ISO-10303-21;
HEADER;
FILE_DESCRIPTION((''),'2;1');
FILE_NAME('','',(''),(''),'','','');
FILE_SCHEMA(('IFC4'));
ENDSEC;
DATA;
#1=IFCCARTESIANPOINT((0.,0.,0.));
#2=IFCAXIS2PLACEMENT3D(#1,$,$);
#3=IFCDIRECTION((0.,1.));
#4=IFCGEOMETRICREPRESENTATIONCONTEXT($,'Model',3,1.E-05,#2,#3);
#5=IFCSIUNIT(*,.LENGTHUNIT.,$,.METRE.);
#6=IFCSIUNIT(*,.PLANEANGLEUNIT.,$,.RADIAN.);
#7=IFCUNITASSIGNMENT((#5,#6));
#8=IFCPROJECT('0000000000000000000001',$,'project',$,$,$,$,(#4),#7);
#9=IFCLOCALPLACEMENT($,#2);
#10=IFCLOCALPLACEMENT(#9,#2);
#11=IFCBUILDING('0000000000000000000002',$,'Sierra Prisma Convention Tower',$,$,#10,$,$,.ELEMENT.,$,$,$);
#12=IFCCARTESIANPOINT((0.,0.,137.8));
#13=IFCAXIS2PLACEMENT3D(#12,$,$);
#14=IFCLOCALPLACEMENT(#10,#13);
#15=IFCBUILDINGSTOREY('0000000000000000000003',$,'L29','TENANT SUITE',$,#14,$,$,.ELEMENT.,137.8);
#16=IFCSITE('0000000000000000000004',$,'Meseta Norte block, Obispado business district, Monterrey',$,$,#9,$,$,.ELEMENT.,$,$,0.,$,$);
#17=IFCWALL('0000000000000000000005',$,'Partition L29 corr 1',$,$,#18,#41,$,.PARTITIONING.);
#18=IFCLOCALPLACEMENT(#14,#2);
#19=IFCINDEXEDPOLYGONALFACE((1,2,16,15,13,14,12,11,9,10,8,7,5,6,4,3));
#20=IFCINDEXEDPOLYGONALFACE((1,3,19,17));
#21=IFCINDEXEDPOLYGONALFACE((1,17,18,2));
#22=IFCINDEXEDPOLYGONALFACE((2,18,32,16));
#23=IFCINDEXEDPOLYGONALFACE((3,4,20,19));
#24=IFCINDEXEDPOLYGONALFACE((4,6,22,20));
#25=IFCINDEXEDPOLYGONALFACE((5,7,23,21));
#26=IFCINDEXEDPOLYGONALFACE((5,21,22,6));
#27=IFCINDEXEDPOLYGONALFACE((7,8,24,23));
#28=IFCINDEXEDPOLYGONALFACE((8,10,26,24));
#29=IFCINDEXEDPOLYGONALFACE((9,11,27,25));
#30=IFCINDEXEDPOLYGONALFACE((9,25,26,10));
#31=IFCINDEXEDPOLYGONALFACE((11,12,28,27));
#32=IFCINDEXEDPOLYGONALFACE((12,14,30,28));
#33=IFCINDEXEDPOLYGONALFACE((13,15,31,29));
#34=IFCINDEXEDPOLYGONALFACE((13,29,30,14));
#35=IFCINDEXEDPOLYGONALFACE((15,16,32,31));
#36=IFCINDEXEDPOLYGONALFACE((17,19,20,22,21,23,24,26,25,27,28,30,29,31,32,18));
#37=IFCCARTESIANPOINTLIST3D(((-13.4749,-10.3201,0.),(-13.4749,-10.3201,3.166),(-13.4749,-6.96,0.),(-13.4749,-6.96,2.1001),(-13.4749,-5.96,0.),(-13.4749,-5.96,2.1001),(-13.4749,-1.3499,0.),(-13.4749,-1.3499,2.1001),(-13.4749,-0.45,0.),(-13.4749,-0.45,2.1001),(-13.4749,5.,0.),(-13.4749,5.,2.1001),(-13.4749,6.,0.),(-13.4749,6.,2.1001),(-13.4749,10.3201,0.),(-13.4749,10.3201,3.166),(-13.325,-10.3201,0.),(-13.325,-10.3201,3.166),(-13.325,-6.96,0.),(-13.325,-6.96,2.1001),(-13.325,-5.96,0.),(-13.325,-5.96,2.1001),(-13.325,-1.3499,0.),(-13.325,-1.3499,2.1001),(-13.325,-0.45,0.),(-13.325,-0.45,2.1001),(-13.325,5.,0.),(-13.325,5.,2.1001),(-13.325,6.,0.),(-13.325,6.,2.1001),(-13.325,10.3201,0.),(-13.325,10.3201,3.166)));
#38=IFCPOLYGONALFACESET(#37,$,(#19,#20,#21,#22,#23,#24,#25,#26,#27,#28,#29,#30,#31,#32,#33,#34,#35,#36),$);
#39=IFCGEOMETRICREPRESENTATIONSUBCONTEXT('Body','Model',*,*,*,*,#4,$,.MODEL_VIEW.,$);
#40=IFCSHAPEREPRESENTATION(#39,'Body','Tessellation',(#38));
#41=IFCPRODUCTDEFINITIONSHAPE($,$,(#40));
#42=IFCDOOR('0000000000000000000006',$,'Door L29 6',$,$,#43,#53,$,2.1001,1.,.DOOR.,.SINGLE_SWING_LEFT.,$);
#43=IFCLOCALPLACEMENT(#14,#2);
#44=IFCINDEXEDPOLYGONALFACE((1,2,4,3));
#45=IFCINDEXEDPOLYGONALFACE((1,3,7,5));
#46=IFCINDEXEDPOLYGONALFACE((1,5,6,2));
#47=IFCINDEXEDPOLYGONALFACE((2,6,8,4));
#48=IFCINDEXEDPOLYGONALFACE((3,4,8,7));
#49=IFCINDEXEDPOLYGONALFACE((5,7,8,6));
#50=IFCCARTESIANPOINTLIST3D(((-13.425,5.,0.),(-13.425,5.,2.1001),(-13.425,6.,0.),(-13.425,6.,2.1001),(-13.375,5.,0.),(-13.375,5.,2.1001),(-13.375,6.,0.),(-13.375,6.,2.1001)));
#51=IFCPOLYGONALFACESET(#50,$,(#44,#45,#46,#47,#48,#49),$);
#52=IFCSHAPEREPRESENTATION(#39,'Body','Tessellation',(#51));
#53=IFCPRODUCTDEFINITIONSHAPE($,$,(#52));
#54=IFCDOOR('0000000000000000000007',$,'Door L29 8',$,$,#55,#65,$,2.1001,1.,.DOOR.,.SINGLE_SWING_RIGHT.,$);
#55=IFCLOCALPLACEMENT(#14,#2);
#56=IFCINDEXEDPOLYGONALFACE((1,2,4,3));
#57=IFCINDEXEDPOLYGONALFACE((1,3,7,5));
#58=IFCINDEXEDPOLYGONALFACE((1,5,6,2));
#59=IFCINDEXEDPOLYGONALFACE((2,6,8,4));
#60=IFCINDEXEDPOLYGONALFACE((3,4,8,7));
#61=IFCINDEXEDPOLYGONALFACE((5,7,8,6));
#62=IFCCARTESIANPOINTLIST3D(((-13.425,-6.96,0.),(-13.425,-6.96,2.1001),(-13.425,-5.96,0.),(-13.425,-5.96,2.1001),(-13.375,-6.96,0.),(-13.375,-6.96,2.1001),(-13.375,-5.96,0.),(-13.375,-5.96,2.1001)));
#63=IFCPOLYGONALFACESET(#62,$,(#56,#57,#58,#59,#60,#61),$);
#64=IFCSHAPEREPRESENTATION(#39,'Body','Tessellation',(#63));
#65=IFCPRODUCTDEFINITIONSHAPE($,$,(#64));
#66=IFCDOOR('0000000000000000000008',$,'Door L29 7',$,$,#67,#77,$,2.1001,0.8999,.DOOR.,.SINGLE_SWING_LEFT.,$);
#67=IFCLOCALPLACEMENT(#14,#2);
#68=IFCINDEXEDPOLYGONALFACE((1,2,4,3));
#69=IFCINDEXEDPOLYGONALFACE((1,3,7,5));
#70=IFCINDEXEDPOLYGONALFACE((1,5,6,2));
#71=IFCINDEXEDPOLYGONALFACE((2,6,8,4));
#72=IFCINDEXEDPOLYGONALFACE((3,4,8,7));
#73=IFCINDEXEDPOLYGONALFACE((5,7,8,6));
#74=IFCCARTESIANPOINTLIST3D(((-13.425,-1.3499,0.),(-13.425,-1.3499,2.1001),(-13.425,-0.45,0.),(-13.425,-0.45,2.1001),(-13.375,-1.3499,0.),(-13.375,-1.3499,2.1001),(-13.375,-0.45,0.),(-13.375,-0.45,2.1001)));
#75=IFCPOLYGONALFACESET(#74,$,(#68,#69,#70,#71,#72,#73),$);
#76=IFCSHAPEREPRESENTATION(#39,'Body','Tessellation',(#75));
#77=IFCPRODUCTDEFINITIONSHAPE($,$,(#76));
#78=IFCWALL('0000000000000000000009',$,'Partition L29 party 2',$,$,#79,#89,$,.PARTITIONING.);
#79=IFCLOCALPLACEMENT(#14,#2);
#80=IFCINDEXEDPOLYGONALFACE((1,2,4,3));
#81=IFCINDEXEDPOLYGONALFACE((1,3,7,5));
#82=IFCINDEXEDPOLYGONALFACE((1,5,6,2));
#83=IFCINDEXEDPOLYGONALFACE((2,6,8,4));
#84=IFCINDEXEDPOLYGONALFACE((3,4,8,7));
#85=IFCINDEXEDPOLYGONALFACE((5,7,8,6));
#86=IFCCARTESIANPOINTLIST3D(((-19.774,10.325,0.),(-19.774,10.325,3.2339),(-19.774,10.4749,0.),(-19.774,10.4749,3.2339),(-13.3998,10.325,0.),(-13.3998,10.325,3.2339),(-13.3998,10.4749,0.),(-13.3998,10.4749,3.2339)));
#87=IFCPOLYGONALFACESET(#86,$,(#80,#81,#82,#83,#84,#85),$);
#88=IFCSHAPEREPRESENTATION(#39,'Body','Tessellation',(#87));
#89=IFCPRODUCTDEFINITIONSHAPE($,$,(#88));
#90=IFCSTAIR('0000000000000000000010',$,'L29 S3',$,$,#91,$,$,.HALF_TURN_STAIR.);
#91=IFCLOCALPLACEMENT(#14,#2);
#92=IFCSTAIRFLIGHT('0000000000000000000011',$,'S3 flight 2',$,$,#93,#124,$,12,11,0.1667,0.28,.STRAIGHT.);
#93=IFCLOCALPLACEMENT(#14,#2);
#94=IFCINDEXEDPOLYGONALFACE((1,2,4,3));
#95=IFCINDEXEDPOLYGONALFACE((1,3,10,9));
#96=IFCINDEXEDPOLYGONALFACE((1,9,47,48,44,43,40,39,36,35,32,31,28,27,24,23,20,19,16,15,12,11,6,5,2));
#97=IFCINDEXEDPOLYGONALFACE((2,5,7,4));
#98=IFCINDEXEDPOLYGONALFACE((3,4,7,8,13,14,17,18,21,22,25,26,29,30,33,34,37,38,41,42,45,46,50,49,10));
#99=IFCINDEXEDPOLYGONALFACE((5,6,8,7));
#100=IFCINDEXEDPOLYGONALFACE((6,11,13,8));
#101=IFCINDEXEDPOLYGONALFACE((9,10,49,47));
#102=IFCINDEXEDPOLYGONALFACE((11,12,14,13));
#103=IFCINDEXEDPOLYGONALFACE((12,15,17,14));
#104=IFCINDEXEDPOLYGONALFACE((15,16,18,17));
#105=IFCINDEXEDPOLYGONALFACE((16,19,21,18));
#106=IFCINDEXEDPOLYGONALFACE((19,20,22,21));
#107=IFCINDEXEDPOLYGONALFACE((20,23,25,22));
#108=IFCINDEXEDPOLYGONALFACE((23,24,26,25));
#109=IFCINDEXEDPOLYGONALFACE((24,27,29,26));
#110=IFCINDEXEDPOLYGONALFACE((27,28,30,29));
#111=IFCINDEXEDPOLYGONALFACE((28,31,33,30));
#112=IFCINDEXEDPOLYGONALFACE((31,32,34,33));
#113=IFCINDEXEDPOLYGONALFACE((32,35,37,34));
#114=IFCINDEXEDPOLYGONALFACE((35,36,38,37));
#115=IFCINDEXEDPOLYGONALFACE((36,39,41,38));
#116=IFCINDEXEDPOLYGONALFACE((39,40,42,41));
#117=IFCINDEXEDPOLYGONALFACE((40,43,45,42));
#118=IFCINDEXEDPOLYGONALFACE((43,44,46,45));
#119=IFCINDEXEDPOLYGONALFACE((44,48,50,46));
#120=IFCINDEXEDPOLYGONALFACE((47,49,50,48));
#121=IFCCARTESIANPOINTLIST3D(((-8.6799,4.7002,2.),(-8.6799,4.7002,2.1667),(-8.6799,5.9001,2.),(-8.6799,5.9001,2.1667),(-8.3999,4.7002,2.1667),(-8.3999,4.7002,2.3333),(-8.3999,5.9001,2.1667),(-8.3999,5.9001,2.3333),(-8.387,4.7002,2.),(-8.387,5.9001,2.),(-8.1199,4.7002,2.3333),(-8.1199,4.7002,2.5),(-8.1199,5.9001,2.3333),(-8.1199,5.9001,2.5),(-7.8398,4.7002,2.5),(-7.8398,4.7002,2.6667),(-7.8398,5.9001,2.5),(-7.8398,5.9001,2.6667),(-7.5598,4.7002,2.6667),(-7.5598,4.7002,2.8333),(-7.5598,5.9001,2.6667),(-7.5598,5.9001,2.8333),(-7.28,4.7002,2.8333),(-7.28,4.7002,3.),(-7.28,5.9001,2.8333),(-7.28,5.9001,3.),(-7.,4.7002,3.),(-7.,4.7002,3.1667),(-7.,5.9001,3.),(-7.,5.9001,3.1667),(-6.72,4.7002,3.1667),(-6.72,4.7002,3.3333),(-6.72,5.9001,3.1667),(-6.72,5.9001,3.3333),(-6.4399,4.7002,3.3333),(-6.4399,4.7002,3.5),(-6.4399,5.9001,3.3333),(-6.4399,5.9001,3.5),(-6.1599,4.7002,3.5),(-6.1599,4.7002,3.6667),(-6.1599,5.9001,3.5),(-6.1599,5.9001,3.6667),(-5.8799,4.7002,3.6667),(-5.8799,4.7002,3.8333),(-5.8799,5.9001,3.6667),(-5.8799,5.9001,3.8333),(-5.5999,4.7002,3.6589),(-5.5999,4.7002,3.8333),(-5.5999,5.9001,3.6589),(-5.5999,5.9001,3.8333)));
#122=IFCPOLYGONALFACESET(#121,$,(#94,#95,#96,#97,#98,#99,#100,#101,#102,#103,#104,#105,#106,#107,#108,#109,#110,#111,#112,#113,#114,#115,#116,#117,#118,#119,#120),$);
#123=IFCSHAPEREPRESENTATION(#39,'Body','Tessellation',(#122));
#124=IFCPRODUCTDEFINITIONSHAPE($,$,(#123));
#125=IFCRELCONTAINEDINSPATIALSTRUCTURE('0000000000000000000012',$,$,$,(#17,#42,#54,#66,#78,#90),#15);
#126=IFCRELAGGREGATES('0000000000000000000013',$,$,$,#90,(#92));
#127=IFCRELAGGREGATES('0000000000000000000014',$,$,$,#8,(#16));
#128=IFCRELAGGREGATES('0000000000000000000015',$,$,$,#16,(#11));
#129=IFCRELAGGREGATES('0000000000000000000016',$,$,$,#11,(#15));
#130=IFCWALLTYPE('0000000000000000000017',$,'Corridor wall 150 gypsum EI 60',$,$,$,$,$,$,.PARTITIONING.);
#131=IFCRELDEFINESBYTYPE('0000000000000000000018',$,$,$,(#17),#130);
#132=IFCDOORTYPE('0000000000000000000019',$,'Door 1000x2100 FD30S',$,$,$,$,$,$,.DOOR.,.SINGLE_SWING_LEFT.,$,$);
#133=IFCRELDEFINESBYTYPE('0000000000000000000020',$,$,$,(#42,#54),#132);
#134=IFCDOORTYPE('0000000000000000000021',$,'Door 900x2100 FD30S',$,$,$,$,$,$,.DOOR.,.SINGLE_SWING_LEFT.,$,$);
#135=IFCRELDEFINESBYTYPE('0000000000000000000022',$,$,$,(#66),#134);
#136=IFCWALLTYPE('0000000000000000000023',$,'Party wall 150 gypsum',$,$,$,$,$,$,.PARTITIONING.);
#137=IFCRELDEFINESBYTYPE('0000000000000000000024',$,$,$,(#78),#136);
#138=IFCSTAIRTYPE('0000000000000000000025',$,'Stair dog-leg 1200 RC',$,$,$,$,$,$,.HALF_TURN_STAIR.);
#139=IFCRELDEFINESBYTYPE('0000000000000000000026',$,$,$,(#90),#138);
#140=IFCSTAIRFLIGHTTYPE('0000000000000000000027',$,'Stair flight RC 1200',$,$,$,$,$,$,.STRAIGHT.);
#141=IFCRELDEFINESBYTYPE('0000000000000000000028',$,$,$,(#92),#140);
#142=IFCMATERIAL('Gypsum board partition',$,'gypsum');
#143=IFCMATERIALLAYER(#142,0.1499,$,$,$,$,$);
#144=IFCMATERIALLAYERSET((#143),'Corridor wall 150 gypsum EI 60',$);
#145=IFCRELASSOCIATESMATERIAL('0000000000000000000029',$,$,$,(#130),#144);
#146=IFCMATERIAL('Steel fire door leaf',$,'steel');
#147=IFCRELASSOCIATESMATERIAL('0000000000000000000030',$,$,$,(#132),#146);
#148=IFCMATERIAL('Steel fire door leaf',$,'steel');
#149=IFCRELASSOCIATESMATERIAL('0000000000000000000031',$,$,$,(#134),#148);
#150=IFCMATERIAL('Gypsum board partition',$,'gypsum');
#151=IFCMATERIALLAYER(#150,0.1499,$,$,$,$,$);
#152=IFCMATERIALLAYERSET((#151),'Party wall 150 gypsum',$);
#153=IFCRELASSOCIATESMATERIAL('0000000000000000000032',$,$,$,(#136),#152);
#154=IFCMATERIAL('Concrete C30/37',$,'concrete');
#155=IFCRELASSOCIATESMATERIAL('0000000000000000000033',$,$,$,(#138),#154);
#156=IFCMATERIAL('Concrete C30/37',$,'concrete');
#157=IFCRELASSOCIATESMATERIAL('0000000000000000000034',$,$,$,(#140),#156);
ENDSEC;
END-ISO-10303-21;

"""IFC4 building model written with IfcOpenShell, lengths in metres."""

from ifc_helpers import new_model, si_unit, direction, frame, frame_2d, origin, place, context, subcontext, project, spatial, polyline, rectangle, outline, extrude, material, layer, layer_set, type_object, element, fill, aggregate, save


model = new_model("IFC4")

# Units and contexts
model_context = context("Model", 3, precision=1e-05, world=origin(), true_north=direction((0.0, 1.0)))
body_context = subcontext(model_context, "Body", "Model", "MODEL_VIEW")
ifc_project = project(units=[si_unit("LENGTHUNIT", "METRE"), si_unit("PLANEANGLEUNIT", "RADIAN")], contexts=[model_context])

# Site, building, storey
site_placement = place(None, origin())
site = spatial("IfcSite", under=ifc_project, at=site_placement, Name="Meseta Norte block, Obispado business district, Monterrey", CompositionType="ELEMENT", RefElevation=0.0)
building_placement = place(site_placement, origin())
building = spatial("IfcBuilding", under=site, at=building_placement, Name="Sierra Prisma Convention Tower", CompositionType="ELEMENT")
storey_placement = place(building_placement, frame((0.0, 0.0, 137.8)))
storey = spatial("IfcBuildingStorey", under=building, at=storey_placement, Name="L29", Description="TENANT SUITE", CompositionType="ELEMENT", Elevation=137.8)

# Wall, openings, doors
ifc_material_1 = material(Name="Gypsum board partition", Category="gypsum")
ifc_layer_1 = layer(ifc_material_1, 0.1499)
ifc_layer_set_1 = layer_set([ifc_layer_1], Name="Corridor wall 150 gypsum EI 60")
wall_type_1 = type_object("IfcWallType", Name="Corridor wall 150 gypsum EI 60", PredefinedType="PARTITIONING", material=ifc_layer_set_1)
wall_1_placement = place(storey_placement, frame((-13.3999, 10.3201, 0.0), z_axis=(0.0, 0.0, 1.0), x_axis=(0.0, -1.0, 0.0)))
wall_1 = element("IfcWall", 1, at=wall_1_placement, inside=storey, type_object=wall_type_1, Name="Partition L29 corr 1", PredefinedType="PARTITIONING", context=body_context, shape_type="SweptSolid", body=[
    extrude(rectangle(XDim=20.6401, YDim=0.1499, at=frame_2d((10.3201, 0.0))), origin(), (0.0, 0.0, 1.0), 3.166),
])
opening_1_placement = place(wall_1_placement, frame((4.3201, 0.0, 0.0)))
opening_1 = element("IfcOpeningElement", 2, at=opening_1_placement, cuts=wall_1, PredefinedType="OPENING", context=body_context, shape_type="SweptSolid", body=[
    extrude(rectangle(XDim=1.0, YDim=2.1001, at=frame_2d((0.5, 1.05))), frame((0.0, 0.075, 0.0), z_axis=(0.0, -1.0, 0.0), x_axis=(1.0, 0.0, 0.0)), (0.0, 0.0, 1.0), 0.1499),
])
opening_2_placement = place(wall_1_placement, frame((10.77, 0.0, 0.0)))
opening_2 = element("IfcOpeningElement", 3, at=opening_2_placement, cuts=wall_1, PredefinedType="OPENING", context=body_context, shape_type="SweptSolid", body=[
    extrude(rectangle(XDim=0.8999, YDim=2.1001, at=frame_2d((0.45, 1.05))), frame((0.0, 0.075, 0.0), z_axis=(0.0, -1.0, 0.0), x_axis=(1.0, 0.0, 0.0)), (0.0, 0.0, 1.0), 0.1499),
])
opening_3_placement = place(wall_1_placement, frame((16.28, 0.0, 0.0)))
opening_3 = element("IfcOpeningElement", 4, at=opening_3_placement, cuts=wall_1, PredefinedType="OPENING", context=body_context, shape_type="SweptSolid", body=[
    extrude(rectangle(XDim=1.0, YDim=2.1001, at=frame_2d((0.5, 1.05))), frame((0.0, 0.075, 0.0), z_axis=(0.0, -1.0, 0.0), x_axis=(1.0, 0.0, 0.0)), (0.0, 0.0, 1.0), 0.1499),
])
ifc_material_2 = material(Name="Steel fire door leaf", Category="steel")
door_type_1 = type_object("IfcDoorType", Name="Door 1000x2100 FD30S", OperationType="SINGLE_SWING_LEFT", PredefinedType="DOOR", material=ifc_material_2)
door_1_placement = place(opening_1_placement, origin())
door_1 = element("IfcDoor", 5, at=door_1_placement, inside=storey, type_object=door_type_1, Name="Door L29 6", OperationType="SINGLE_SWING_LEFT", OverallHeight=2.1001, OverallWidth=1.0, PredefinedType="DOOR", context=body_context, shape_type="SweptSolid", body=[
    extrude(rectangle(XDim=1.0, YDim=2.1001, at=frame_2d((0.5, 1.05))), frame((0.0, 0.0249, 0.0), z_axis=(0.0, -1.0, 0.0), x_axis=(1.0, 0.0, 0.0)), (0.0, 0.0, 1.0), 0.05),
])
fill(opening_1, door_1)
door_2_placement = place(opening_3_placement, origin())
door_2 = element("IfcDoor", 6, at=door_2_placement, inside=storey, type_object=door_type_1, Name="Door L29 8", OperationType="SINGLE_SWING_RIGHT", OverallHeight=2.1001, OverallWidth=1.0, PredefinedType="DOOR", context=body_context, shape_type="SweptSolid", body=[
    extrude(rectangle(XDim=1.0, YDim=2.1001, at=frame_2d((0.5, 1.05))), frame((0.0, 0.0249, 0.0), z_axis=(0.0, -1.0, 0.0), x_axis=(1.0, 0.0, 0.0)), (0.0, 0.0, 1.0), 0.05),
])
fill(opening_3, door_2)
ifc_material_3 = material(Name="Steel fire door leaf", Category="steel")
door_type_2 = type_object("IfcDoorType", Name="Door 900x2100 FD30S", OperationType="SINGLE_SWING_LEFT", PredefinedType="DOOR", material=ifc_material_3)
door_3_placement = place(opening_2_placement, origin())
door_3 = element("IfcDoor", 7, at=door_3_placement, inside=storey, type_object=door_type_2, Name="Door L29 7", OperationType="SINGLE_SWING_LEFT", OverallHeight=2.1001, OverallWidth=0.8999, PredefinedType="DOOR", context=body_context, shape_type="SweptSolid", body=[
    extrude(rectangle(XDim=0.8999, YDim=2.1001, at=frame_2d((0.45, 1.05))), frame((0.0, 0.0249, 0.0), z_axis=(0.0, -1.0, 0.0), x_axis=(1.0, 0.0, 0.0)), (0.0, 0.0, 1.0), 0.05),
])
fill(opening_2, door_3)

# Wall
ifc_material_4 = material(Name="Gypsum board partition", Category="gypsum")
ifc_layer_2 = layer(ifc_material_4, 0.1499)
ifc_layer_set_2 = layer_set([ifc_layer_2], Name="Party wall 150 gypsum")
wall_type_2 = type_object("IfcWallType", Name="Party wall 150 gypsum", PredefinedType="PARTITIONING", material=ifc_layer_set_2)
wall_2_placement = place(storey_placement, frame((-13.3999, 10.3999, 0.0), z_axis=(0.0, 0.0, 1.0), x_axis=(-1.0, 0.0, 0.0)))
element("IfcWall", 8, at=wall_2_placement, inside=storey, type_object=wall_type_2, Name="Partition L29 party 2", PredefinedType="PARTITIONING", context=body_context, shape_type="SweptSolid", body=[
    extrude(rectangle(XDim=6.3743, YDim=0.1499, at=frame_2d((3.187, 0.0))), origin(), (0.0, 0.0, 1.0), 3.2339),
])

# Stair, stair flight
ifc_material_5 = material(Name="Concrete C30/37", Category="concrete")
stair_type = type_object("IfcStairType", Name="Stair dog-leg 1200 RC", PredefinedType="HALF_TURN_STAIR", material=ifc_material_5)
stair_placement = place(storey_placement, origin())
stair = element("IfcStair", 9, at=stair_placement, inside=storey, type_object=stair_type, Name="L29 S3", PredefinedType="HALF_TURN_STAIR")
ifc_material_6 = material(Name="Concrete C30/37", Category="concrete")
stair_flight_type = type_object("IfcStairFlightType", Name="Stair flight RC 1200", PredefinedType="STRAIGHT", material=ifc_material_6)
stair_flight_placement = place(storey_placement, frame((-8.6799, 5.3, 2.0), z_axis=(0.0, 0.0, 1.0), x_axis=(1.0, 0.0, 0.0)))
stair_flight = element("IfcStairFlight", 10, at=stair_flight_placement, type_object=stair_flight_type, Name="S3 flight 2", NumberOfRisers=12, NumberOfTreads=11, PredefinedType="STRAIGHT", RiserHeight=0.1667, TreadLength=0.28, context=body_context, shape_type="SweptSolid", body=[
    extrude(outline(polyline([(0.0, 0.0), (0.0, 0.1667), (0.28, 0.1667), (0.28, 0.3333), (0.5601, 0.3333), (0.5601, 0.5), (0.8401, 0.5), (0.8401, 0.6667), (1.1201, 0.6667), (1.1201, 0.8333), (1.3999, 0.8333), (1.3999, 1.0), (1.6799, 1.0), (1.6799, 1.1667), (1.96, 1.1667), (1.96, 1.3333), (2.24, 1.3333), (2.24, 1.5), (2.52, 1.5), (2.52, 1.6667), (2.8, 1.6667), (2.8, 1.8333), (3.0801, 1.8333), (3.0801, 2.0), (3.0801, 1.6589), (0.293, 0.0), (0.0, 0.0)])), frame((0.0, 0.6001, 0.0), z_axis=(0.0, -1.0, 0.0), x_axis=(1.0, 0.0, 0.0)), (0.0, 0.0, 1.0), 1.2),
])
aggregate(stair, [stair_flight])

save(model, "model.ifc")
